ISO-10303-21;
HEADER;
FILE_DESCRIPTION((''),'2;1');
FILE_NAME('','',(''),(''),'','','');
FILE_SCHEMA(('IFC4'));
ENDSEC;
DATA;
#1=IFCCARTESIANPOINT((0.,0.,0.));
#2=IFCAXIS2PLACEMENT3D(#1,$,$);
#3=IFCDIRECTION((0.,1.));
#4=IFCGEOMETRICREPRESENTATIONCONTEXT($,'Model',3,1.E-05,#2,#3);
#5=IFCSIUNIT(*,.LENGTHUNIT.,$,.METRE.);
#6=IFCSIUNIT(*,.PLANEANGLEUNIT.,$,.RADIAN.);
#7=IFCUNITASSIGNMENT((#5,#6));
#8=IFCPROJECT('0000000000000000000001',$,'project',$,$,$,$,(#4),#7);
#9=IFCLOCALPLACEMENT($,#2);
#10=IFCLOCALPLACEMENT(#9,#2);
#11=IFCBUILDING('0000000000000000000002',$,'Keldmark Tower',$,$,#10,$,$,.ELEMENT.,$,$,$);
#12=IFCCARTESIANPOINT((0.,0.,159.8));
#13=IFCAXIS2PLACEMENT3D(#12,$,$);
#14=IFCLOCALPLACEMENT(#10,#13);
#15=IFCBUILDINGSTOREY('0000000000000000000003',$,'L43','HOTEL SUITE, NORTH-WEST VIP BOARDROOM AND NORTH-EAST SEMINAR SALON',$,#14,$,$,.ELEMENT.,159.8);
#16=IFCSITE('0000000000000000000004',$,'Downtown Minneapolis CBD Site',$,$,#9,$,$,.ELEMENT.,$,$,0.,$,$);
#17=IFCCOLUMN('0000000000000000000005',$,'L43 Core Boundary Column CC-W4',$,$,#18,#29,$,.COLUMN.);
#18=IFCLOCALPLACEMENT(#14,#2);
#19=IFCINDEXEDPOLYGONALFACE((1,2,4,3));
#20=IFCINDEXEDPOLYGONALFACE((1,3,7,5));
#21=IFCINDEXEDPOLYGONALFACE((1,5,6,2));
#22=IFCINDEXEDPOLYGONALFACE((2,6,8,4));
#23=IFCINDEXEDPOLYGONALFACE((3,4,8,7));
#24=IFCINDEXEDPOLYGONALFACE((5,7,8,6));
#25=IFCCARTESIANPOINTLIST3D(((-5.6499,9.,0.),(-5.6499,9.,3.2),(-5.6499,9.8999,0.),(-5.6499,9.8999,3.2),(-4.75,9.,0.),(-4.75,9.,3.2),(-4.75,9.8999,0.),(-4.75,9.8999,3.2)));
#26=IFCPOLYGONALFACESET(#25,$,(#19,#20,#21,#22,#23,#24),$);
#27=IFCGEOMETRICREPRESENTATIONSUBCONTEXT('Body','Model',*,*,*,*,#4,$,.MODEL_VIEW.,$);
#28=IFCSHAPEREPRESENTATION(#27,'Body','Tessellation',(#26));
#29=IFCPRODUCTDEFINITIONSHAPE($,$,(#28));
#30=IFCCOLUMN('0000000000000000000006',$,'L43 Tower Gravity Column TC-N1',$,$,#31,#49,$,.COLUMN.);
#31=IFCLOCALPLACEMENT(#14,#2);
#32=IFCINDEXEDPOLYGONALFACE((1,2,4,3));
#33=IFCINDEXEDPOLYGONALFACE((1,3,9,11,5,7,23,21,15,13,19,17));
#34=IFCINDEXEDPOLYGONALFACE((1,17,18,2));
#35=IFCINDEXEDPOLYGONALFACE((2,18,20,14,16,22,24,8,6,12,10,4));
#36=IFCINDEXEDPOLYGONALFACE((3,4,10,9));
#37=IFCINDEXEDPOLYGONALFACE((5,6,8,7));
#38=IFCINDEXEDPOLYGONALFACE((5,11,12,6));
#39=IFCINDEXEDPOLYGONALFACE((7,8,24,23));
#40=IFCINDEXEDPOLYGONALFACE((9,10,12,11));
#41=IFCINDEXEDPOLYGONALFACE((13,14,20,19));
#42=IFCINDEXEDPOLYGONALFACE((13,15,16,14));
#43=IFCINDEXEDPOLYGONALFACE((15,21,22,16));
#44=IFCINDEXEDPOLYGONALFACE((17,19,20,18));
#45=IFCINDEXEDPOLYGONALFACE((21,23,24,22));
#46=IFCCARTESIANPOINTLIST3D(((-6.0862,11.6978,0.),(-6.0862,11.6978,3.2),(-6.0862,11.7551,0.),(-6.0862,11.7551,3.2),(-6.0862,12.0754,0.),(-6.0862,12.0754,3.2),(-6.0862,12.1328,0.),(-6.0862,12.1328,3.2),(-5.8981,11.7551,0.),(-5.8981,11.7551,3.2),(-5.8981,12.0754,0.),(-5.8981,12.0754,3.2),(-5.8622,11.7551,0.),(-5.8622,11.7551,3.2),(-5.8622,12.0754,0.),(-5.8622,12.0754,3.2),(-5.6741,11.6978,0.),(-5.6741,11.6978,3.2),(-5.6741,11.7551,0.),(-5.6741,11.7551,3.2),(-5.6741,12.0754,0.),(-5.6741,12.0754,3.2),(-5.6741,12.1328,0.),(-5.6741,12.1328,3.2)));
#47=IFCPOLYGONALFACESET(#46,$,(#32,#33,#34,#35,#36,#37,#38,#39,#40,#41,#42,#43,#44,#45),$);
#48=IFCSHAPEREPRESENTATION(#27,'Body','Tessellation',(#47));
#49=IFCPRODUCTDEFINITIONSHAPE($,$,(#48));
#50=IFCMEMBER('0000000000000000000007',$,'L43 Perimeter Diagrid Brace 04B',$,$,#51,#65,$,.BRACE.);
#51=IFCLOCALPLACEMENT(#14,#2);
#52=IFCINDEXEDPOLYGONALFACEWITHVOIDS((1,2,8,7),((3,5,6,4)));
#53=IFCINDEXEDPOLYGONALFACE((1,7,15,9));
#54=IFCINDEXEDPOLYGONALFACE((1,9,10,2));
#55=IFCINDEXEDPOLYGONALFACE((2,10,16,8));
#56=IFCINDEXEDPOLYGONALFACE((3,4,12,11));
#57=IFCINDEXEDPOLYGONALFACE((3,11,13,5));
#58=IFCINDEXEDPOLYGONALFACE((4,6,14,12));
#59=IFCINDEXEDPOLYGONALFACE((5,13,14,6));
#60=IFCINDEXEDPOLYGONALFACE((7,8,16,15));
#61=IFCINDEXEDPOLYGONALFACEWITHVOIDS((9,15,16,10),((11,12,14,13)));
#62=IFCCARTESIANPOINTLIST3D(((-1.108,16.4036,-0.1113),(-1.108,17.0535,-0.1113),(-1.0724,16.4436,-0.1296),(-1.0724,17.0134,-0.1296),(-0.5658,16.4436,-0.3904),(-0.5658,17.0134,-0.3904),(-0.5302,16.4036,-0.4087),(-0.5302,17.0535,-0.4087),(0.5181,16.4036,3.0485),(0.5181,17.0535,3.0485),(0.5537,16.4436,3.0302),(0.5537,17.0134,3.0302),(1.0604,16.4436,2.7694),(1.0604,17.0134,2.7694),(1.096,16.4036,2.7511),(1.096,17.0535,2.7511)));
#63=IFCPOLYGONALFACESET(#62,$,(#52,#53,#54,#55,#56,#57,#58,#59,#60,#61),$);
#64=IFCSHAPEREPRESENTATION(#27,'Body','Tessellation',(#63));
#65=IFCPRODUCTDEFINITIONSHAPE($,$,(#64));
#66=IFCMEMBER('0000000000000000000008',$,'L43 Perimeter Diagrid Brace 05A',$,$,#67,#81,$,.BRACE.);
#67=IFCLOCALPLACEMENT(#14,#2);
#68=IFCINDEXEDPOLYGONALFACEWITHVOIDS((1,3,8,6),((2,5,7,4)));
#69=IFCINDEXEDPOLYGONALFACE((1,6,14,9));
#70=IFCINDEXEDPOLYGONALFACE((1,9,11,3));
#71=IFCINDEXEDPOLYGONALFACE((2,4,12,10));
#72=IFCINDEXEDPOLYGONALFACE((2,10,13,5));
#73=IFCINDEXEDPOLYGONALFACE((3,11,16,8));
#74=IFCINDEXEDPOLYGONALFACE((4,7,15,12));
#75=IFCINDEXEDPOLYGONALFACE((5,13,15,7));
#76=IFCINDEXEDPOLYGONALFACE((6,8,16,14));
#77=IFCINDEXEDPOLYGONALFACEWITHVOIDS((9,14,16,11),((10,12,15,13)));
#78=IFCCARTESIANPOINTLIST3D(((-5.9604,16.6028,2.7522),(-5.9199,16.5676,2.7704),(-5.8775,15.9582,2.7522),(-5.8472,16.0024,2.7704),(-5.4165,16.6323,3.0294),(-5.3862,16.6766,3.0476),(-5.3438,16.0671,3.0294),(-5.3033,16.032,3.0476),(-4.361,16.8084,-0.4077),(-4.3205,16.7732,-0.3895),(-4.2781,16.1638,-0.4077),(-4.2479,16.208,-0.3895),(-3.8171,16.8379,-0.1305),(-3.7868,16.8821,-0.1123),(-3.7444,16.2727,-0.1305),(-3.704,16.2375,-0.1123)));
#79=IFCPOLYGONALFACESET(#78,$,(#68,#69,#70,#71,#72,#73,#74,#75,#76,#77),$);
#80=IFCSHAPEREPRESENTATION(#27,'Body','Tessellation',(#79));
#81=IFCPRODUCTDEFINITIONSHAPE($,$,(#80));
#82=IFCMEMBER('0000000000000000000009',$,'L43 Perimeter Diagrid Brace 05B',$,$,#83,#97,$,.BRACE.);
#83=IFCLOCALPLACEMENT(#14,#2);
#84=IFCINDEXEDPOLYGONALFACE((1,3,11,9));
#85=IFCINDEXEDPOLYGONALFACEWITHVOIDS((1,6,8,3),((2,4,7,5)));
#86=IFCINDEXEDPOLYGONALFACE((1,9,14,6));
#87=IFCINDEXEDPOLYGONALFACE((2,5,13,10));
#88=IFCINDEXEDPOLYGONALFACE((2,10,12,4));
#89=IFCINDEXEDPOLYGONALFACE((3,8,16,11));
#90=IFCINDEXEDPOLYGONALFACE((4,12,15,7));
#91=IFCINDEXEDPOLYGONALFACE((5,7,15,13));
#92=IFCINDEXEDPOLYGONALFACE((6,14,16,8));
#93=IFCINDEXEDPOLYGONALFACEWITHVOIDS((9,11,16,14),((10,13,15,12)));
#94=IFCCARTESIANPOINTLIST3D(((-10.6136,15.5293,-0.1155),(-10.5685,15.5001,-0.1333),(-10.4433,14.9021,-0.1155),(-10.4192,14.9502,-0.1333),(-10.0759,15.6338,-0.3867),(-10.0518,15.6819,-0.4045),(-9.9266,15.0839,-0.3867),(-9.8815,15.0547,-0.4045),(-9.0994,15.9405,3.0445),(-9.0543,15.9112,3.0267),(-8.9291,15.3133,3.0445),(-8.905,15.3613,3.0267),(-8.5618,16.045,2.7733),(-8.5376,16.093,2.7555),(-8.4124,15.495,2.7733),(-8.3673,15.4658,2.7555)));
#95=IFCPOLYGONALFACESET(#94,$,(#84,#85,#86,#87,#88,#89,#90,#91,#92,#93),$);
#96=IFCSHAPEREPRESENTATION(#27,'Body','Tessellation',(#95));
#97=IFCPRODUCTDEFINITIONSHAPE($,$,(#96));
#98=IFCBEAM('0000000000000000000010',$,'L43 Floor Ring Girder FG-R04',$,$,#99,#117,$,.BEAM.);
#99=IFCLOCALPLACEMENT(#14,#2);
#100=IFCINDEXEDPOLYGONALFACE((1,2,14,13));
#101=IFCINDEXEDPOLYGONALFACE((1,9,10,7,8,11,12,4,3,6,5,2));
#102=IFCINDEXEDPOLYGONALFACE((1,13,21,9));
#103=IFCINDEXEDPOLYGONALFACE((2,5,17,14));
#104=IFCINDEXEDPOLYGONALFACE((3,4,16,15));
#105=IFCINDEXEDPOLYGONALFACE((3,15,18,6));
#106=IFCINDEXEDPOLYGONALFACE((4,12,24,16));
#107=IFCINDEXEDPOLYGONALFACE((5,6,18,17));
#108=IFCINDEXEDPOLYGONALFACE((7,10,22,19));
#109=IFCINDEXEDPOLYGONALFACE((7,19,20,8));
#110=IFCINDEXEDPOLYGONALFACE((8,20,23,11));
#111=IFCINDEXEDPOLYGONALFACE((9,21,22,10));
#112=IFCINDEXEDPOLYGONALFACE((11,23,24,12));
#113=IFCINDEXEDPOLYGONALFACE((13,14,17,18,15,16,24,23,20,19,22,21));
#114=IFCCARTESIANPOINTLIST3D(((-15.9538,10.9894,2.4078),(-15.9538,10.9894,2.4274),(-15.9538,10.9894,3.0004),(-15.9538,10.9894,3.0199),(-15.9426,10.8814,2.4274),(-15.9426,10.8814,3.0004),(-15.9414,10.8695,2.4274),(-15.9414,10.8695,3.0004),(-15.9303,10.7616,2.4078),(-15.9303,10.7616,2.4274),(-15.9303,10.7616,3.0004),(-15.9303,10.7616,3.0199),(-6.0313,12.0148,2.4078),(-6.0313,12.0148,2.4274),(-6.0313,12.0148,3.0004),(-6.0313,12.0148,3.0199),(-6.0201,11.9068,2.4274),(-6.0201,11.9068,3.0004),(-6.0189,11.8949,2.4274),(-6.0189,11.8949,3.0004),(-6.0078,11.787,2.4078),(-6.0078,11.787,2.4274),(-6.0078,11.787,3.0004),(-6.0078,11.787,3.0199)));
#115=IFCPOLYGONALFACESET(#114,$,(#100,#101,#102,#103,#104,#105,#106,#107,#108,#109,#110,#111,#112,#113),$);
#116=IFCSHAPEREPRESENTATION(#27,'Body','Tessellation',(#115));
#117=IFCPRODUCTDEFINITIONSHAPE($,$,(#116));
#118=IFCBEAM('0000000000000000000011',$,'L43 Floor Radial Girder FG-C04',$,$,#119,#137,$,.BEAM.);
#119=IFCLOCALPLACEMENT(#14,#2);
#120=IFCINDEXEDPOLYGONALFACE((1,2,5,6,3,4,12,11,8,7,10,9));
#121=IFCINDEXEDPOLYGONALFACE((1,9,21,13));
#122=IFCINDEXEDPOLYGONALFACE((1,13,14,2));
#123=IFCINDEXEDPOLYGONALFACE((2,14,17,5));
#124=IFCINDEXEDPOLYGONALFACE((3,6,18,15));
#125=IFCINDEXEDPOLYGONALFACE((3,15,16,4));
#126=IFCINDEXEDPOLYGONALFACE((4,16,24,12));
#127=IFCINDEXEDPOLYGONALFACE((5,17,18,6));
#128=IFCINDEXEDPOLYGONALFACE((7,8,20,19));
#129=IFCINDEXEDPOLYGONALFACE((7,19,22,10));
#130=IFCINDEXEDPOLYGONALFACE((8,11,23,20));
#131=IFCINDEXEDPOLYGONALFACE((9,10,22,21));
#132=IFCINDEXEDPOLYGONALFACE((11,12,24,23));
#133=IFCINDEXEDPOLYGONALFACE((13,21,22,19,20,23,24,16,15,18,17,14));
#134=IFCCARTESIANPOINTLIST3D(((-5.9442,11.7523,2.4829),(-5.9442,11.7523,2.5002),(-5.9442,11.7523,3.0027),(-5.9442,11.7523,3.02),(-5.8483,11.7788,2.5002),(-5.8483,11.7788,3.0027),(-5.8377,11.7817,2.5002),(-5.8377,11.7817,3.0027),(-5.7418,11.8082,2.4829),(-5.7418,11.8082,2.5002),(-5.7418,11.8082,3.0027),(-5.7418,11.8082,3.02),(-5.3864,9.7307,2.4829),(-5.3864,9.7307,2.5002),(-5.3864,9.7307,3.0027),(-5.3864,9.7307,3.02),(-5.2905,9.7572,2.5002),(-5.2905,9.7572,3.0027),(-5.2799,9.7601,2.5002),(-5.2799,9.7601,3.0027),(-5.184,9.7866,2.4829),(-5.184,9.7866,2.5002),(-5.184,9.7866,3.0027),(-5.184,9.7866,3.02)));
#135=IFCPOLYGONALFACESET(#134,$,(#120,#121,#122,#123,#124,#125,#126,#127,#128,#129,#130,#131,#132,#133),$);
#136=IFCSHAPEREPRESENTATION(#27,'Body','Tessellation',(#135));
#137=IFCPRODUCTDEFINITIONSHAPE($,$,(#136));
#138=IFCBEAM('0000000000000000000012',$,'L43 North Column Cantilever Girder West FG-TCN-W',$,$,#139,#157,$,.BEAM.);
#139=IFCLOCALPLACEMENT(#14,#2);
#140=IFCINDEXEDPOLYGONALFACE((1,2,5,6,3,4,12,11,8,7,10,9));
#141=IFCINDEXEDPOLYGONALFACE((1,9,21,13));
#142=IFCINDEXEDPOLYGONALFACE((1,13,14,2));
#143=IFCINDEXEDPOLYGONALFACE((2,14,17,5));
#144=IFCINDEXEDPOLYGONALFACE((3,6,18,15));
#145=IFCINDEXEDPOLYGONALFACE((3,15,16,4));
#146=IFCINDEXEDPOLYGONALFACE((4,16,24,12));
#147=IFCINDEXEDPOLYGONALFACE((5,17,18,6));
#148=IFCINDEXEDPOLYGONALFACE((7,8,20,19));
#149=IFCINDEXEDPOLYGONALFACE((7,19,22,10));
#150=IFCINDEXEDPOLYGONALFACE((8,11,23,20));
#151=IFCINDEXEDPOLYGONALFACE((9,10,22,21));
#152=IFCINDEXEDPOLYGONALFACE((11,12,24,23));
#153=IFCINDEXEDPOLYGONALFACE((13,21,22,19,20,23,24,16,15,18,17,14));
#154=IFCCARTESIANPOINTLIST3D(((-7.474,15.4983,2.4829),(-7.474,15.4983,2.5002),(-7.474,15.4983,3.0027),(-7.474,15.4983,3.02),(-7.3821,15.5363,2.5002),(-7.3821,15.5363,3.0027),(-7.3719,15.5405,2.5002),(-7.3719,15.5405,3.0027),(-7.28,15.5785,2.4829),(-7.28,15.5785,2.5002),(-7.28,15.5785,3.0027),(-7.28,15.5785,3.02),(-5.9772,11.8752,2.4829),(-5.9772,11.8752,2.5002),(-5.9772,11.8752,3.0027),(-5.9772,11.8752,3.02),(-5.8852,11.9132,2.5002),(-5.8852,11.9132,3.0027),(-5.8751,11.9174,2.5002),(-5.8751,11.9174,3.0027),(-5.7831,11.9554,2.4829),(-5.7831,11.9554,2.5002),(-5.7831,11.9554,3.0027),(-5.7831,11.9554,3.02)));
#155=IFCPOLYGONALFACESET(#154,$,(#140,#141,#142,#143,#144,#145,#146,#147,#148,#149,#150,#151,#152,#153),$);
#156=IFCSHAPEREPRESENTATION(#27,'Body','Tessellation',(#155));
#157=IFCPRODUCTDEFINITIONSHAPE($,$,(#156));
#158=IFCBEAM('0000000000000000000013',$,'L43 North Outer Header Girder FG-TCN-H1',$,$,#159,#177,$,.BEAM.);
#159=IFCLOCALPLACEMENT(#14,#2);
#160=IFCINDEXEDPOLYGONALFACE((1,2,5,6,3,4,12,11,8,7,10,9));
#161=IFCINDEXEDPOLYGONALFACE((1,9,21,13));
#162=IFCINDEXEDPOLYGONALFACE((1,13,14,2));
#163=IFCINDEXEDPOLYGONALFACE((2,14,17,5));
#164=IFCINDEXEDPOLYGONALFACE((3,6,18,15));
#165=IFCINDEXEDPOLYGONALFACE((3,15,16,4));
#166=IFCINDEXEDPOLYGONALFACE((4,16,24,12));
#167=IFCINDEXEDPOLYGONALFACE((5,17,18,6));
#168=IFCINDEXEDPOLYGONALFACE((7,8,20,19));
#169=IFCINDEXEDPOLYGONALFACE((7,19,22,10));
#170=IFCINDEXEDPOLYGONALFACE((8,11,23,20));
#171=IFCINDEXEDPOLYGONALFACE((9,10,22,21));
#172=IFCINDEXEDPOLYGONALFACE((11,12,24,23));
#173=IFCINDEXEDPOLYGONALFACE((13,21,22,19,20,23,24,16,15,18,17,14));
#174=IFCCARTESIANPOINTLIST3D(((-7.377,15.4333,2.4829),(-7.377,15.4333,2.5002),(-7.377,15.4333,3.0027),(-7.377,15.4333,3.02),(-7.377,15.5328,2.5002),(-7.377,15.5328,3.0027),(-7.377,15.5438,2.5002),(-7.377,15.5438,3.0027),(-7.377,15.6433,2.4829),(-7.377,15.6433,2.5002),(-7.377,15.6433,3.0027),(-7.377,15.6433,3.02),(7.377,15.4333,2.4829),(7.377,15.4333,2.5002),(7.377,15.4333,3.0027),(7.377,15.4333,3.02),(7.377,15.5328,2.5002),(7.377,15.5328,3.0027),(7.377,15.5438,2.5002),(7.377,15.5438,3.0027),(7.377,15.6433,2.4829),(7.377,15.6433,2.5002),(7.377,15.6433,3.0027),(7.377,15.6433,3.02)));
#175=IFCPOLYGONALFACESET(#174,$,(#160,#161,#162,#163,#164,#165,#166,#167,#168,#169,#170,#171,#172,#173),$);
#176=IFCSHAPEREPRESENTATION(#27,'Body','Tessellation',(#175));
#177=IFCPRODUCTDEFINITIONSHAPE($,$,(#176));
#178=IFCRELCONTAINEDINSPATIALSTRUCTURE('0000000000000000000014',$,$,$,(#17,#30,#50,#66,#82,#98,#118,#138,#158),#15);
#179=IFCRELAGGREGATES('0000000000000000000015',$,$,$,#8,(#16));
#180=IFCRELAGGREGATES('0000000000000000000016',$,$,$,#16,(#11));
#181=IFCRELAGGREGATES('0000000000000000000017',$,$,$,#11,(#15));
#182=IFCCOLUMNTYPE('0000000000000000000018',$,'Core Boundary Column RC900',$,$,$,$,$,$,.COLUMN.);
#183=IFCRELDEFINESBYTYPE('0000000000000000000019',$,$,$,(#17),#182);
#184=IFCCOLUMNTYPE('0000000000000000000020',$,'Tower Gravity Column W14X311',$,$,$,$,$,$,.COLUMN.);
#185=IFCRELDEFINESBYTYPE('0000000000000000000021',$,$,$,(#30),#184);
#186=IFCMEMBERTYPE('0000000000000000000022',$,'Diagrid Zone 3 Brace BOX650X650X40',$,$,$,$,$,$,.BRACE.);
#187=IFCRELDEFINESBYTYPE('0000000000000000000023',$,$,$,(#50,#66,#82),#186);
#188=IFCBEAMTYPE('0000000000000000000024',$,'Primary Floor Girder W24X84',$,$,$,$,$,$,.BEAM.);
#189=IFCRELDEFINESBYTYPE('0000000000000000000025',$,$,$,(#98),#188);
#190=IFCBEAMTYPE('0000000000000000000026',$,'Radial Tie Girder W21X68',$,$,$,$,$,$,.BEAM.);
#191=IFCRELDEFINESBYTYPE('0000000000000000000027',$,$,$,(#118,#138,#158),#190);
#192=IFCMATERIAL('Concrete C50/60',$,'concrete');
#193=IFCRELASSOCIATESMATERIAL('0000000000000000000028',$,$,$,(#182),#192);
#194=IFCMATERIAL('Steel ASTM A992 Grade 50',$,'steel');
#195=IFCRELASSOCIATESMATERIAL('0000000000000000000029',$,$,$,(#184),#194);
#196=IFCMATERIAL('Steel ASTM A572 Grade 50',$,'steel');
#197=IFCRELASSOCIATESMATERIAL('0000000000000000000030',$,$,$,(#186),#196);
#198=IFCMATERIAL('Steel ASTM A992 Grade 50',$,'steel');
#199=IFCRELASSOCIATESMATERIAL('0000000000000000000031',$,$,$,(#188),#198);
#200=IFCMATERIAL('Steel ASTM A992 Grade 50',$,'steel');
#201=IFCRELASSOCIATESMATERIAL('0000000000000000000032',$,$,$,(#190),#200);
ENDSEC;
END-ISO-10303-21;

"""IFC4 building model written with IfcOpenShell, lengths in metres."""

from ifc_helpers import new_model, si_unit, direction, frame, origin, origin_2d, place, context, subcontext, project, spatial, rectangle, hollow_rectangle, i_section, extrude, material, material_profile, profile_set, type_object, element, save


model = new_model("IFC4")

# Units and contexts
model_context = context("Model", 3, precision=1e-05, world=origin(), true_north=direction((0.0, 1.0)))
body_context = subcontext(model_context, "Body", "Model", "MODEL_VIEW")
ifc_project = project(units=[si_unit("LENGTHUNIT", "METRE"), si_unit("PLANEANGLEUNIT", "RADIAN")], contexts=[model_context])

# Site, building, storey
site_placement = place(None, origin())
site = spatial("IfcSite", under=ifc_project, at=site_placement, Name="Downtown Minneapolis CBD Site", CompositionType="ELEMENT", RefElevation=0.0)
building_placement = place(site_placement, origin())
building = spatial("IfcBuilding", under=site, at=building_placement, Name="Keldmark Tower", CompositionType="ELEMENT")
storey_placement = place(building_placement, frame((0.0, 0.0, 159.8)))
storey = spatial("IfcBuildingStorey", under=building, at=storey_placement, Name="L43", Description="HOTEL SUITE, NORTH-WEST VIP BOARDROOM AND NORTH-EAST SEMINAR SALON", CompositionType="ELEMENT", Elevation=159.8)

# Columns
ifc_material_1 = material(Name="Concrete C50/60", Category="concrete")
ifc_material_profile_1 = material_profile(ifc_material_1, rectangle(XDim=0.8999, YDim=0.8999, at=origin_2d()), Name="RC900X900")
ifc_profile_set_1 = profile_set([ifc_material_profile_1], Name="Concrete C50/60")
column_type_1 = type_object("IfcColumnType", Name="Core Boundary Column RC900", PredefinedType="COLUMN", material=ifc_profile_set_1)
column_1_placement = place(storey_placement, frame((-5.2, 9.45, 0.0), z_axis=(0.0, 0.0, 1.0), x_axis=(1.0, 0.0, 0.0)))
element("IfcColumn", 1, at=column_1_placement, inside=storey, type_object=column_type_1, Name="L43 Core Boundary Column CC-W4", PredefinedType="COLUMN", context=body_context, shape_type="SweptSolid", body=[
    extrude(rectangle(XDim=0.8999, YDim=0.8999, at=origin_2d()), origin(), (0.0, 0.0, 1.0), 3.2),
])
ifc_material_2 = material(Name="Steel ASTM A992 Grade 50", Category="steel")
ifc_material_profile_2 = material_profile(ifc_material_2, i_section(OverallWidth=0.4121, OverallDepth=0.4351, WebThickness=0.0359, FlangeThickness=0.0574, at=origin_2d()), Name="W14X311")
ifc_profile_set_2 = profile_set([ifc_material_profile_2], Name="Steel ASTM A992 Grade 50")
column_type_2 = type_object("IfcColumnType", Name="Tower Gravity Column W14X311", PredefinedType="COLUMN", material=ifc_profile_set_2)
column_2_placement = place(storey_placement, frame((-5.8801, 11.9153, 0.0), z_axis=(0.0, 0.0, 1.0), x_axis=(1.0, 0.0, 0.0)))
element("IfcColumn", 2, at=column_2_placement, inside=storey, type_object=column_type_2, Name="L43 Tower Gravity Column TC-N1", PredefinedType="COLUMN", context=body_context, shape_type="SweptSolid", body=[
    extrude(i_section(OverallWidth=0.4121, OverallDepth=0.4351, WebThickness=0.0359, FlangeThickness=0.0574, at=origin_2d()), origin(), (0.0, 0.0, 1.0), 3.2),
])

# Members
ifc_material_3 = material(Name="Steel ASTM A572 Grade 50", Category="steel")
ifc_material_profile_3 = material_profile(ifc_material_3, hollow_rectangle(XDim=0.6499, YDim=0.6499, WallThickness=0.04, at=origin_2d()), Name="BOX650X650X40")
ifc_profile_set_3 = profile_set([ifc_material_profile_3], Name="Steel ASTM A572 Grade 50")
member_type = type_object("IfcMemberType", Name="Diagrid Zone 3 Brace BOX650X650X40", PredefinedType="BRACE", material=ifc_profile_set_3)
member_1_placement = place(storey_placement, frame((-0.8191, 16.7285, -0.26), z_axis=(0.457598, 0.0, 0.889159), x_axis=(0.0, 1.0, 0.0)))
element("IfcMember", 3, at=member_1_placement, inside=storey, type_object=member_type, Name="L43 Perimeter Diagrid Brace 04B", PredefinedType="BRACE", context=body_context, shape_type="SweptSolid", body=[
    extrude(hollow_rectangle(XDim=0.6499, YDim=0.6499, WallThickness=0.04, at=origin_2d()), origin(), (0.0, 0.0, 1.0), 3.5537),
])
member_2_placement = place(storey_placement, frame((-4.0325, 16.5229, -0.26), z_axis=(-0.450834, -0.057946, 0.890725), x_axis=(0.127481, -0.991841, 0.0)))
element("IfcMember", 4, at=member_2_placement, inside=storey, type_object=member_type, Name="L43 Perimeter Diagrid Brace 05A", PredefinedType="BRACE", context=body_context, shape_type="SweptSolid", body=[
    extrude(hollow_rectangle(XDim=0.6499, YDim=0.6499, WallThickness=0.04, at=origin_2d()), origin(), (0.0, 0.0, 1.0), 3.5476),
])
member_3_placement = place(storey_placement, frame((-10.2476, 15.292, -0.26), z_axis=(0.429184, 0.116534, 0.895668), x_axis=(-0.262038, 0.965058, 0.0)))
element("IfcMember", 5, at=member_3_placement, inside=storey, type_object=member_type, Name="L43 Perimeter Diagrid Brace 05B", PredefinedType="BRACE", context=body_context, shape_type="SweptSolid", body=[
    extrude(hollow_rectangle(XDim=0.6499, YDim=0.6499, WallThickness=0.04, at=origin_2d()), origin(), (0.0, 0.0, 1.0), 3.5281),
])

# Beams
ifc_material_4 = material(Name="Steel ASTM A992 Grade 50", Category="steel")
ifc_material_profile_4 = material_profile(ifc_material_4, i_section(OverallWidth=0.229, OverallDepth=0.6121, WebThickness=0.012, FlangeThickness=0.0195, at=origin_2d()), Name="W24X84")
ifc_profile_set_4 = profile_set([ifc_material_profile_4], Name="Steel ASTM A992 Grade 50")
beam_type_1 = type_object("IfcBeamType", Name="Primary Floor Girder W24X84", PredefinedType="BEAM", material=ifc_profile_set_4)
beam_1_placement = place(storey_placement, frame((-6.0195, 11.9009, 2.7139), z_axis=(-0.994703, -0.102791, 0.0), x_axis=(0.102791, -0.994703, 0.0)))
element("IfcBeam", 6, at=beam_1_placement, inside=storey, type_object=beam_type_1, Name="L43 Floor Ring Girder FG-R04", PredefinedType="BEAM", context=body_context, shape_type="SweptSolid", body=[
    extrude(i_section(OverallWidth=0.229, OverallDepth=0.6121, WebThickness=0.012, FlangeThickness=0.0195, at=origin_2d()), origin(), (0.0, 0.0, 1.0), 9.9753),
])
ifc_material_5 = material(Name="Steel ASTM A992 Grade 50", Category="steel")
ifc_material_profile_5 = material_profile(ifc_material_5, i_section(OverallWidth=0.21, OverallDepth=0.5371, WebThickness=0.011, FlangeThickness=0.0173, at=origin_2d()), Name="W21X68")
ifc_profile_set_5 = profile_set([ifc_material_profile_5], Name="Steel ASTM A992 Grade 50")
beam_type_2 = type_object("IfcBeamType", Name="Radial Tie Girder W21X68", PredefinedType="BEAM", material=ifc_profile_set_5)
beam_2_placement = place(storey_placement, frame((-5.843, 11.7803, 2.7515), z_axis=(0.265992, -0.963975, 0.0), x_axis=(0.963975, 0.265992, 0.0)))
element("IfcBeam", 7, at=beam_2_placement, inside=storey, type_object=beam_type_2, Name="L43 Floor Radial Girder FG-C04", PredefinedType="BEAM", context=body_context, shape_type="SweptSolid", body=[
    extrude(i_section(OverallWidth=0.21, OverallDepth=0.5371, WebThickness=0.011, FlangeThickness=0.0173, at=origin_2d()), origin(), (0.0, 0.0, 1.0), 2.0972),
])
beam_3_placement = place(storey_placement, frame((-5.8801, 11.9153, 2.7515), z_axis=(-0.381836, 0.92423, 0.0), x_axis=(-0.92423, -0.381836, 0.0)))
element("IfcBeam", 8, at=beam_3_placement, inside=storey, type_object=beam_type_2, Name="L43 North Column Cantilever Girder West FG-TCN-W", PredefinedType="BEAM", context=body_context, shape_type="SweptSolid", body=[
    extrude(i_section(OverallWidth=0.21, OverallDepth=0.5371, WebThickness=0.011, FlangeThickness=0.0173, at=origin_2d()), origin(), (0.0, 0.0, 1.0), 3.9202),
])
beam_4_placement = place(storey_placement, frame((-7.377, 15.5383, 2.7515), z_axis=(1.0, 0.0, 0.0), x_axis=(0.0, 1.0, 0.0)))
element("IfcBeam", 9, at=beam_4_placement, inside=storey, type_object=beam_type_2, Name="L43 North Outer Header Girder FG-TCN-H1", PredefinedType="BEAM", context=body_context, shape_type="SweptSolid", body=[
    extrude(i_section(OverallWidth=0.21, OverallDepth=0.5371, WebThickness=0.011, FlangeThickness=0.0173, at=origin_2d()), origin(), (0.0, 0.0, 1.0), 14.7539),
])

save(model, "model.ifc")
